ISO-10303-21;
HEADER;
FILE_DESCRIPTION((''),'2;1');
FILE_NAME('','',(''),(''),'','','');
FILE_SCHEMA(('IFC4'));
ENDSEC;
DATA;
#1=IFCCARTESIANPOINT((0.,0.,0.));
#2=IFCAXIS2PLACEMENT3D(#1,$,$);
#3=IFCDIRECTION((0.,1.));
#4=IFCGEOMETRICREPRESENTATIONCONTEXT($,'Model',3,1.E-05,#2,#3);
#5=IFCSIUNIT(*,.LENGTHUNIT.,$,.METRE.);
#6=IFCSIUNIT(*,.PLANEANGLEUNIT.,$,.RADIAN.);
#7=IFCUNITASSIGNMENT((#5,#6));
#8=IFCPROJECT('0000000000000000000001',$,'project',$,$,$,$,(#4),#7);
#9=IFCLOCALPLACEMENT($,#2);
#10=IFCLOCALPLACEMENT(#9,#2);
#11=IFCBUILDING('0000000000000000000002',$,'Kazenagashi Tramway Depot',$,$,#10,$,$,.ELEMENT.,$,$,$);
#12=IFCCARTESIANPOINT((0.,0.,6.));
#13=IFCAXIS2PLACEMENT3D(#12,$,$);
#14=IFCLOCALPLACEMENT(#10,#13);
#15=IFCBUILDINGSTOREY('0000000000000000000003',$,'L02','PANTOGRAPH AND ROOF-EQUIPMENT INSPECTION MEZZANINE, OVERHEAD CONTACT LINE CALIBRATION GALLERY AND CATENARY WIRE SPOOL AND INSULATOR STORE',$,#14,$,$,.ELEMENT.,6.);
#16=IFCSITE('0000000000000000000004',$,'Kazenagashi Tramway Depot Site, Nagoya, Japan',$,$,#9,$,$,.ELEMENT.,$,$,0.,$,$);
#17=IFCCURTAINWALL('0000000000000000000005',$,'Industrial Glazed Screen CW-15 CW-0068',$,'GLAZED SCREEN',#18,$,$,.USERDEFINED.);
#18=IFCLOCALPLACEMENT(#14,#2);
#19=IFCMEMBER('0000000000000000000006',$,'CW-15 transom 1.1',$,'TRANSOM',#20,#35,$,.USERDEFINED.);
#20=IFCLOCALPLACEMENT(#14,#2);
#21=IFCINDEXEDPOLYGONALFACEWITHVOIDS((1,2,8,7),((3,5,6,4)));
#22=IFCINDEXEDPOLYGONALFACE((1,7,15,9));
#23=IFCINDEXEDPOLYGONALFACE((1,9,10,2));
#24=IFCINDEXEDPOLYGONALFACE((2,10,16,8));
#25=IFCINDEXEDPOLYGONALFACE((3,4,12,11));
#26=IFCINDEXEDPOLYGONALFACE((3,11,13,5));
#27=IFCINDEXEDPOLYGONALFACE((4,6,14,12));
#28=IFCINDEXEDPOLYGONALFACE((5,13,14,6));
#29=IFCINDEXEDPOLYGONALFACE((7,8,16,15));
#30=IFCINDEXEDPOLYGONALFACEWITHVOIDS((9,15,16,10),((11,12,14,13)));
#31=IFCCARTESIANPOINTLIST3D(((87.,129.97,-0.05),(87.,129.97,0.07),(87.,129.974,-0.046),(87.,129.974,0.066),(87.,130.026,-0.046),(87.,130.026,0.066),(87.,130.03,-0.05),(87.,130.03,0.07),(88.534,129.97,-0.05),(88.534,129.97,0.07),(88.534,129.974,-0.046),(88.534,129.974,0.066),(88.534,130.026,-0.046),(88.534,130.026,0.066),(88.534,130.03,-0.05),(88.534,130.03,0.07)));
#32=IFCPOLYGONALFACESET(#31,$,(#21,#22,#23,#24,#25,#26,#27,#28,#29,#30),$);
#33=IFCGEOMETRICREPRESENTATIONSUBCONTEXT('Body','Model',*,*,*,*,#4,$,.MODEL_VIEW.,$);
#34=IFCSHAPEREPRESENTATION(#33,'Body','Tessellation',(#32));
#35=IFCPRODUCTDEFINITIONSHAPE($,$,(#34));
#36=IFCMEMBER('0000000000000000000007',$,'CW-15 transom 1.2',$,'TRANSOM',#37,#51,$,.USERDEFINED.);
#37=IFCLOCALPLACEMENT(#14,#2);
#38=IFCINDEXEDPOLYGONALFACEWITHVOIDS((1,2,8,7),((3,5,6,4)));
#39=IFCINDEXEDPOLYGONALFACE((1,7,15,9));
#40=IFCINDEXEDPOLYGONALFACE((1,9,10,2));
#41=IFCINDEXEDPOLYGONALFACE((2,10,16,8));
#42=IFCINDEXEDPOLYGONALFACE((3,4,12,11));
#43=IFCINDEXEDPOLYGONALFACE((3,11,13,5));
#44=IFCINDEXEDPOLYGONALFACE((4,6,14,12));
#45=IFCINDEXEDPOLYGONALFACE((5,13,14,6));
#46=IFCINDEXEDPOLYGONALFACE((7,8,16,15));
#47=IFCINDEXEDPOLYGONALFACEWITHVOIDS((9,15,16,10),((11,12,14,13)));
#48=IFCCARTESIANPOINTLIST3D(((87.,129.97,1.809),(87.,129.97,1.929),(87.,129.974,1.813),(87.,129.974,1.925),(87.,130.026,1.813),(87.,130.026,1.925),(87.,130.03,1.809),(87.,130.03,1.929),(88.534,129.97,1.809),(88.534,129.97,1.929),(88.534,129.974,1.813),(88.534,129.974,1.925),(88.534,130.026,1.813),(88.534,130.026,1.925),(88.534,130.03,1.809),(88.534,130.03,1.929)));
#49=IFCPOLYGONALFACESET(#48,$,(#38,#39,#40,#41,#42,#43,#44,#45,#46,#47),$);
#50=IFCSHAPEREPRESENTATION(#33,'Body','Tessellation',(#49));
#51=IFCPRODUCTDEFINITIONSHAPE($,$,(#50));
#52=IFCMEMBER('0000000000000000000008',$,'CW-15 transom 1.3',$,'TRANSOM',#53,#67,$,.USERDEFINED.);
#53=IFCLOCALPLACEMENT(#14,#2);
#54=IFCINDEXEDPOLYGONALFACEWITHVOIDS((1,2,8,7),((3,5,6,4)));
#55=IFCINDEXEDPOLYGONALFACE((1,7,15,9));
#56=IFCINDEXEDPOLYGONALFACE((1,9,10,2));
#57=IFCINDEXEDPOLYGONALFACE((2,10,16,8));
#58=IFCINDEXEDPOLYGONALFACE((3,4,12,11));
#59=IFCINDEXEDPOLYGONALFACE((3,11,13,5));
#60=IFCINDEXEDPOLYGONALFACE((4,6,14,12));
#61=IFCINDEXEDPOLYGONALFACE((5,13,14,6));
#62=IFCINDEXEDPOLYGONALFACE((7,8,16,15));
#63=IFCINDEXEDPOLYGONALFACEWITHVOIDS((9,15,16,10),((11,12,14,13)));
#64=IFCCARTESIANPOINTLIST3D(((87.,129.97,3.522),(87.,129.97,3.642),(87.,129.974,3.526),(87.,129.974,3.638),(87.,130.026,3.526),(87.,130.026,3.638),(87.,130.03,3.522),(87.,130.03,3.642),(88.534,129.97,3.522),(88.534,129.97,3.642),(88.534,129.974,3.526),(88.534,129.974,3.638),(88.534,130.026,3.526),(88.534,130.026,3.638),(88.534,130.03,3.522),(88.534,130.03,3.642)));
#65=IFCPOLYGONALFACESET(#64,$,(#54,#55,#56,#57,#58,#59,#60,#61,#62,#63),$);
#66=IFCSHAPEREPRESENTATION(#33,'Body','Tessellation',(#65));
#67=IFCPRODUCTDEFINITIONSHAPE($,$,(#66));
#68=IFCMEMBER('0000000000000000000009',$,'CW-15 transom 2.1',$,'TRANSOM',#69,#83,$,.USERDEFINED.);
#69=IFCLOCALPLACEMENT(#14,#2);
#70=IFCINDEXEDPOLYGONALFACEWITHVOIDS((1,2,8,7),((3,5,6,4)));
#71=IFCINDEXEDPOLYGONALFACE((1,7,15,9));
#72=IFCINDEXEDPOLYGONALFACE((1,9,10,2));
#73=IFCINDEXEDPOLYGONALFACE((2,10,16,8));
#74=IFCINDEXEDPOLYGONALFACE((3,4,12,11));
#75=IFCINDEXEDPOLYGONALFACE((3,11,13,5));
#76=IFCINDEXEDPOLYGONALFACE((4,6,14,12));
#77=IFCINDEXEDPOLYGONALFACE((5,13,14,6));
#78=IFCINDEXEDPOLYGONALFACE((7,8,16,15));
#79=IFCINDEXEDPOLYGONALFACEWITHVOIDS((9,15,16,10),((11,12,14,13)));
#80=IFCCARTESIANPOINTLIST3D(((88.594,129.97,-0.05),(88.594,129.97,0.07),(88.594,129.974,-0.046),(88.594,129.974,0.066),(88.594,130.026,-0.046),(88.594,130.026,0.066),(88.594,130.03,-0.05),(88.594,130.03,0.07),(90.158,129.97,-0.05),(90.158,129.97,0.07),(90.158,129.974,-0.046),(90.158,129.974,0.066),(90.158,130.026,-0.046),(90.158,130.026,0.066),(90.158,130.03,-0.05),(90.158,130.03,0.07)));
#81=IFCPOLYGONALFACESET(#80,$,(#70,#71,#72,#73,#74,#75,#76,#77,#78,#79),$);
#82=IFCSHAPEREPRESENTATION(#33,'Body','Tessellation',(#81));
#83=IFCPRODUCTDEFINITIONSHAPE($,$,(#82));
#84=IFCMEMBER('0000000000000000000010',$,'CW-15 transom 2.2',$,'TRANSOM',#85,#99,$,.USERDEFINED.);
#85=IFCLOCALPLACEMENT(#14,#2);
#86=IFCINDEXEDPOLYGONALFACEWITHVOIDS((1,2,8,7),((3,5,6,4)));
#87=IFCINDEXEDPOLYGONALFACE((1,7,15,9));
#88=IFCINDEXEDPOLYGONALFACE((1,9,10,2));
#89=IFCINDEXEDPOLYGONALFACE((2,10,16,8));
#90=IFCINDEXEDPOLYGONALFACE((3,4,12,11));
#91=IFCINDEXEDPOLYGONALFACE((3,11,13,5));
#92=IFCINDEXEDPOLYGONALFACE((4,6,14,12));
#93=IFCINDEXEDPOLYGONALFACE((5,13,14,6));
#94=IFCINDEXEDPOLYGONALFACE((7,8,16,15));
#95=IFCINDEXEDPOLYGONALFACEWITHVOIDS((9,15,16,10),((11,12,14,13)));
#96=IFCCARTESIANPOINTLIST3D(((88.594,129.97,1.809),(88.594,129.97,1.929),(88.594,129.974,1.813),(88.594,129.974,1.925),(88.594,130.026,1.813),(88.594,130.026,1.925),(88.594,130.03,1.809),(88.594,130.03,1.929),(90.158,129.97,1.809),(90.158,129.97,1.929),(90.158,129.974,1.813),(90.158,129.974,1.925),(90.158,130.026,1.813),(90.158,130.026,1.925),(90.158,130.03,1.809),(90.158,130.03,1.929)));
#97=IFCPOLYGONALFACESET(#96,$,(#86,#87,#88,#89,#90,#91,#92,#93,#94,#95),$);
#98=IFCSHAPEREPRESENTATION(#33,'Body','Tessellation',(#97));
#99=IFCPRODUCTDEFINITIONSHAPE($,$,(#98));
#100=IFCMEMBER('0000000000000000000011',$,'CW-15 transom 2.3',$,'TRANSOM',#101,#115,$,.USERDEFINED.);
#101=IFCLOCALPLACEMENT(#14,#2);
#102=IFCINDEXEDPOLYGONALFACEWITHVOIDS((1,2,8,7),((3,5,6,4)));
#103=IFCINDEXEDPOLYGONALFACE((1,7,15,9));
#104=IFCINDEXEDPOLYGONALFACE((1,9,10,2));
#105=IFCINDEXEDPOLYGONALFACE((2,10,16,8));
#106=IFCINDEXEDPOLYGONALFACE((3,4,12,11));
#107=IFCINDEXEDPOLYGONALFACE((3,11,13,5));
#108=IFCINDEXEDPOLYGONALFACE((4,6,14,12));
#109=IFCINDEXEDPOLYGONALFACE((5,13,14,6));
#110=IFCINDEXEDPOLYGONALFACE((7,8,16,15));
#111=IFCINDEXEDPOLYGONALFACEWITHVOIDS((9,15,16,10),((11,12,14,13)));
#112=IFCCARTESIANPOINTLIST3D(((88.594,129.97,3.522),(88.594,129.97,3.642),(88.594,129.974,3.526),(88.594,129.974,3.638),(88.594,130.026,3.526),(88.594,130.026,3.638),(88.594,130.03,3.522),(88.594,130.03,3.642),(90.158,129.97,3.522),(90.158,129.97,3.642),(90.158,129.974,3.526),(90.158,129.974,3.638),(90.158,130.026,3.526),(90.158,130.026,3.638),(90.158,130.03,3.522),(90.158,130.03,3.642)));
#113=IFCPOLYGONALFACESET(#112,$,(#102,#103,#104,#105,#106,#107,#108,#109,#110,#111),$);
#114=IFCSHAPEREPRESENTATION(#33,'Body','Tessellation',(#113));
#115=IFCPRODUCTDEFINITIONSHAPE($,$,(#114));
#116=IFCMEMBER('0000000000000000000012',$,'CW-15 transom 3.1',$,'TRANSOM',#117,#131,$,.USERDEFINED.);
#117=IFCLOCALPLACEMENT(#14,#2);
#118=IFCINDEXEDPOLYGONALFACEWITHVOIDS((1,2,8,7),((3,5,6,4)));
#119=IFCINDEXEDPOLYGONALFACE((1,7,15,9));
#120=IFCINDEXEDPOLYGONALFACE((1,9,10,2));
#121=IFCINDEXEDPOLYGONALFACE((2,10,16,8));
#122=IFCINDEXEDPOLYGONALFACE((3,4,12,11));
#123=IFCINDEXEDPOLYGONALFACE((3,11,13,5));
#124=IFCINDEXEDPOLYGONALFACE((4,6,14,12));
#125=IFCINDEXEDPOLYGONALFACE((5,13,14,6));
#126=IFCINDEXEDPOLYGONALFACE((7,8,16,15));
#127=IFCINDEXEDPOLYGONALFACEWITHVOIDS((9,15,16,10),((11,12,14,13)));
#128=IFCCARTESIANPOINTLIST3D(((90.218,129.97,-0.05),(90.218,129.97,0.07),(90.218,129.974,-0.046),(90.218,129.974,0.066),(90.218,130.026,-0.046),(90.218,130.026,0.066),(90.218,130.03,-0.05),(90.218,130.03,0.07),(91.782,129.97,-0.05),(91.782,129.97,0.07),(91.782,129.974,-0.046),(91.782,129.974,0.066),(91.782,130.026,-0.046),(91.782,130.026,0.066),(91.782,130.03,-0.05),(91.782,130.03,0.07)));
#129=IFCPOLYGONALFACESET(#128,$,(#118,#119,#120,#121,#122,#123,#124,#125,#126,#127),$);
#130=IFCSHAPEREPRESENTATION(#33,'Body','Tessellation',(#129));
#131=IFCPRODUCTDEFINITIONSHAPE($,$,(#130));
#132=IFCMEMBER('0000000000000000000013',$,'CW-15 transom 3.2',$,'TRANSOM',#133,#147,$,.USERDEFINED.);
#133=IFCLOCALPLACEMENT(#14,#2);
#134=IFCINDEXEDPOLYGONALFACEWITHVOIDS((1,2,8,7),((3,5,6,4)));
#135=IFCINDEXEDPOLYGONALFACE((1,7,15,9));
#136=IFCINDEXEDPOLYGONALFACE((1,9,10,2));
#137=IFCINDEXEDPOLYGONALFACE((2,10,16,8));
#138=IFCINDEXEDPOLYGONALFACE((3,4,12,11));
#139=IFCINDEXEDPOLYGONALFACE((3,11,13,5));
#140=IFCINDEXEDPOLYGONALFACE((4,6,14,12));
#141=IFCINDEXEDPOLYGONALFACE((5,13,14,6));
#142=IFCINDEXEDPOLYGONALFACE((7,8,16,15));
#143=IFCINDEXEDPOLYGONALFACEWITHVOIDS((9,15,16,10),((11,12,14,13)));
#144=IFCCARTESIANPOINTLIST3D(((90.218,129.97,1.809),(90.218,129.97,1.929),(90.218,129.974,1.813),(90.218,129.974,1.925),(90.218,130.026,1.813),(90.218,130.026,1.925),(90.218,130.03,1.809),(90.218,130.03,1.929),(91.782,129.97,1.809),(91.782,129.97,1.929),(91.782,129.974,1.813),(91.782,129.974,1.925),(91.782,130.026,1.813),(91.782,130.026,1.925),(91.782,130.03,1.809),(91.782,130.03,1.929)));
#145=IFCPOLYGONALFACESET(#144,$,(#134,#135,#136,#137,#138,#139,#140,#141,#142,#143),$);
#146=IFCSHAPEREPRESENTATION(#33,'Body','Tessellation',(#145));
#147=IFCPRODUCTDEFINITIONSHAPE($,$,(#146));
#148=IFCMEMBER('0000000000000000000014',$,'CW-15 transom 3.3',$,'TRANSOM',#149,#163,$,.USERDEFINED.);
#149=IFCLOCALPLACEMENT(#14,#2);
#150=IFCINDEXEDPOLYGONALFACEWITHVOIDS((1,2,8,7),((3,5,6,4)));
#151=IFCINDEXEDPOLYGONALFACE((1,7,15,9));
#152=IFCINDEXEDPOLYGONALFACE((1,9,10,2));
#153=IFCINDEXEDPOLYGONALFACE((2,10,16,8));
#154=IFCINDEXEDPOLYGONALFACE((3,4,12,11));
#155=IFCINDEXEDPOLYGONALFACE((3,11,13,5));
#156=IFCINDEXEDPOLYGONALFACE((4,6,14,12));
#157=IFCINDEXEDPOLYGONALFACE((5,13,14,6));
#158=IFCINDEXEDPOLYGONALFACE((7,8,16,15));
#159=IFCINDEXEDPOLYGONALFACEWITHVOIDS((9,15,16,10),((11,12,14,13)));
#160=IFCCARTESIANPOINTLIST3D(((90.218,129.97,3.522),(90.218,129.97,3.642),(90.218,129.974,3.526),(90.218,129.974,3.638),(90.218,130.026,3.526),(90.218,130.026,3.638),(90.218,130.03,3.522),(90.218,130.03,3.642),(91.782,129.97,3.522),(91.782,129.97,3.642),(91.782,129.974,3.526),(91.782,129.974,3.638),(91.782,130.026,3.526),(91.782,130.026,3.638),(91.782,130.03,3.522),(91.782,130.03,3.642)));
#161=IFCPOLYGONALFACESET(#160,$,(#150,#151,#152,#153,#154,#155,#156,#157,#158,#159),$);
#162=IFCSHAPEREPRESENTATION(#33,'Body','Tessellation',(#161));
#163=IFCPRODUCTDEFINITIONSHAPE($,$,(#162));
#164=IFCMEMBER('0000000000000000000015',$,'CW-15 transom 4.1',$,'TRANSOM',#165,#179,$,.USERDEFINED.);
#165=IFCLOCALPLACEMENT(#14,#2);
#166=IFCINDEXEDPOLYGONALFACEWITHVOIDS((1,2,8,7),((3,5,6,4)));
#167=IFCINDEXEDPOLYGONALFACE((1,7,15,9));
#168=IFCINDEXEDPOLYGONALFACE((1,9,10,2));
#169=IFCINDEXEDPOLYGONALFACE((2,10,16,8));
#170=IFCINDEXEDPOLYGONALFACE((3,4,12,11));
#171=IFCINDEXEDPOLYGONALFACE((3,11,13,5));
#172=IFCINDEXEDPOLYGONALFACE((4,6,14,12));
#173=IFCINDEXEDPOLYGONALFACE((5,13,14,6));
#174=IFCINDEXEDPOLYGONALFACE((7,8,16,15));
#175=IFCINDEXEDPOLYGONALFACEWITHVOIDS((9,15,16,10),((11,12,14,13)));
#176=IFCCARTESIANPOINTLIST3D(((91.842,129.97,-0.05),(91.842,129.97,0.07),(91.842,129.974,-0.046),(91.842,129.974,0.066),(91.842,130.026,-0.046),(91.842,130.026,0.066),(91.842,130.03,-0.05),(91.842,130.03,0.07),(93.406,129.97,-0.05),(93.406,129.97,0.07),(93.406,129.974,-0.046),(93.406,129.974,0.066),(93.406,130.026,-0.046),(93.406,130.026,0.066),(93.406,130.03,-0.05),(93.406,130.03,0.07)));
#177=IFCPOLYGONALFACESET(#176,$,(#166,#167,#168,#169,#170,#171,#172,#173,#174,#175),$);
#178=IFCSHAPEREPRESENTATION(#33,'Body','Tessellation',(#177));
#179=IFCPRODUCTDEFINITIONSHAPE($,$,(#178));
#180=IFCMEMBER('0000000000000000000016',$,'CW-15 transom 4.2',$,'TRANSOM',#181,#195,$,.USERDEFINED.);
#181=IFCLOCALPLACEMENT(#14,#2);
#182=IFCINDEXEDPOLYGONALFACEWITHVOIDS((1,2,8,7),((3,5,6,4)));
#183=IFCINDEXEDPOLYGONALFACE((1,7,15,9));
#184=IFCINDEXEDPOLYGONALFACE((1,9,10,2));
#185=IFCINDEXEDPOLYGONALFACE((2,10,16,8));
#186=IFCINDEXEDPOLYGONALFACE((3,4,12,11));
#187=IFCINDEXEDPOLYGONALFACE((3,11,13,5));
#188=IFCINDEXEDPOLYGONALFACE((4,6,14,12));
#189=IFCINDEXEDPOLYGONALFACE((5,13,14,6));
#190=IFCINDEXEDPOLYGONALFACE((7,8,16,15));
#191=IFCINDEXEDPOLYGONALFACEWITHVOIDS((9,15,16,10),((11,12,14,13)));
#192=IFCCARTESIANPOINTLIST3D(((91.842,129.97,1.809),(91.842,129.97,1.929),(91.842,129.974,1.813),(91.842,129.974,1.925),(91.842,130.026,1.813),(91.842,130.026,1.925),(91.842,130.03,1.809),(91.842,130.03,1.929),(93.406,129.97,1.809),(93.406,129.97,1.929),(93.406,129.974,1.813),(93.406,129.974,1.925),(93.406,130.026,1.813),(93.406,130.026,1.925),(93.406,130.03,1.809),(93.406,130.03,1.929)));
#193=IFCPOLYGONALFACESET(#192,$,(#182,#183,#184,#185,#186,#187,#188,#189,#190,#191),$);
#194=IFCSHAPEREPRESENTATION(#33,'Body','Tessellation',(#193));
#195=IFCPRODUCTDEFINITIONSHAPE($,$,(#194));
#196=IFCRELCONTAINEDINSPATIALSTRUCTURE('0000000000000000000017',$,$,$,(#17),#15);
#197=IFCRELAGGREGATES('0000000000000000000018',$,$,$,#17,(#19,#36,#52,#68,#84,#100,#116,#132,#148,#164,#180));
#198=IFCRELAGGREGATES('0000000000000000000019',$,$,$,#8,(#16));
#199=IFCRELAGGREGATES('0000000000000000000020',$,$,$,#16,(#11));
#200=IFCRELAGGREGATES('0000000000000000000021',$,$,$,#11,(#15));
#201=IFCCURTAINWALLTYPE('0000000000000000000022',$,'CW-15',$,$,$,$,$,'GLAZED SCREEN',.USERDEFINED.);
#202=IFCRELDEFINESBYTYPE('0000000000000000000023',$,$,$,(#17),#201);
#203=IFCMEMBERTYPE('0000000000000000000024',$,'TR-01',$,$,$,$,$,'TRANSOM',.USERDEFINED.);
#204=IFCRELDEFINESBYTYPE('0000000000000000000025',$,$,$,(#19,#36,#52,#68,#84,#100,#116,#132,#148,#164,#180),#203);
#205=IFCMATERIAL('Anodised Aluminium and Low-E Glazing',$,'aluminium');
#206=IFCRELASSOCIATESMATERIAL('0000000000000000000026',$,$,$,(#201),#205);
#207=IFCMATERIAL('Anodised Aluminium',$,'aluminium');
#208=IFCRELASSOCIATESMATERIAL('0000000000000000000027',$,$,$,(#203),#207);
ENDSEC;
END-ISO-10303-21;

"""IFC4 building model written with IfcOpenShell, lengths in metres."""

from ifc_helpers import new_model, si_unit, direction, frame, origin, origin_2d, place, context, subcontext, project, spatial, hollow_rectangle, extrude, material, material_profile, profile_set, type_object, element, aggregate, save


model = new_model("IFC4")

# Units and contexts
model_context = context("Model", 3, precision=1e-05, world=origin(), true_north=direction((0.0, 1.0)))
body_context = subcontext(model_context, "Body", "Model", "MODEL_VIEW")
ifc_project = project(units=[si_unit("LENGTHUNIT", "METRE"), si_unit("PLANEANGLEUNIT", "RADIAN")], contexts=[model_context])

# Site, building, storey
site_placement = place(None, origin())
site = spatial("IfcSite", under=ifc_project, at=site_placement, Name="Kazenagashi Tramway Depot Site, Nagoya, Japan", CompositionType="ELEMENT", RefElevation=0.0)
building_placement = place(site_placement, origin())
building = spatial("IfcBuilding", under=site, at=building_placement, Name="Kazenagashi Tramway Depot", CompositionType="ELEMENT")
storey_placement = place(building_placement, frame((0.0, 0.0, 6.0)))
storey = spatial("IfcBuildingStorey", under=building, at=storey_placement, Name="L02", Description="PANTOGRAPH AND ROOF-EQUIPMENT INSPECTION MEZZANINE, OVERHEAD CONTACT LINE CALIBRATION GALLERY AND CATENARY WIRE SPOOL AND INSULATOR STORE", CompositionType="ELEMENT", Elevation=6.0)

# Shared definitions
ifc_material_1 = material(Name="Anodised Aluminium and Low-E Glazing", Category="aluminium")
curtain_wall_type = type_object("IfcCurtainWallType", Name="CW-15", ElementType="GLAZED SCREEN", PredefinedType="USERDEFINED", material=ifc_material_1)
ifc_material_2 = material(Name="Anodised Aluminium", Category="aluminium")

# Curtain wall
curtain_wall_1_placement = place(storey_placement, origin())
curtain_wall_1 = element("IfcCurtainWall", 1, at=curtain_wall_1_placement, inside=storey, type_object=curtain_wall_type, Name="Industrial Glazed Screen CW-15 CW-0068", ObjectType="GLAZED SCREEN", PredefinedType="USERDEFINED")

# Members
ifc_material_profile_1 = material_profile(ifc_material_2, hollow_rectangle(XDim=0.06, YDim=0.12, WallThickness=0.004, at=origin_2d()), Name="RHS-120x60x4")
ifc_profile_set_1 = profile_set([ifc_material_profile_1], Name="Anodised Aluminium")
member_type_1 = type_object("IfcMemberType", Name="TR-01", ElementType="TRANSOM", PredefinedType="USERDEFINED", material=ifc_profile_set_1)
member_1_placement = place(storey_placement, frame((87.0, 130.0, 0.01), z_axis=(1.0, 0.0, 0.0), x_axis=(0.0, 1.0, 0.0)))
member_1 = element("IfcMember", 2, at=member_1_placement, type_object=member_type_1, Name="CW-15 transom 1.1", ObjectType="TRANSOM", PredefinedType="USERDEFINED", context=body_context, shape_type="SweptSolid", body=[
    extrude(hollow_rectangle(XDim=0.06, YDim=0.12, WallThickness=0.004, at=origin_2d()), origin(), (0.0, 0.0, 1.0), 1.534),
])
member_2_placement = place(storey_placement, frame((87.0, 130.0, 1.869), z_axis=(1.0, 0.0, 0.0), x_axis=(0.0, 1.0, 0.0)))
member_2 = element("IfcMember", 3, at=member_2_placement, type_object=member_type_1, Name="CW-15 transom 1.2", ObjectType="TRANSOM", PredefinedType="USERDEFINED", context=body_context, shape_type="SweptSolid", body=[
    extrude(hollow_rectangle(XDim=0.06, YDim=0.12, WallThickness=0.004, at=origin_2d()), origin(), (0.0, 0.0, 1.0), 1.534),
])
member_3_placement = place(storey_placement, frame((87.0, 130.0, 3.582), z_axis=(1.0, 0.0, 0.0), x_axis=(0.0, 1.0, 0.0)))
member_3 = element("IfcMember", 4, at=member_3_placement, type_object=member_type_1, Name="CW-15 transom 1.3", ObjectType="TRANSOM", PredefinedType="USERDEFINED", context=body_context, shape_type="SweptSolid", body=[
    extrude(hollow_rectangle(XDim=0.06, YDim=0.12, WallThickness=0.004, at=origin_2d()), origin(), (0.0, 0.0, 1.0), 1.534),
])
member_4_placement = place(storey_placement, frame((88.594, 130.0, 0.01), z_axis=(1.0, 0.0, 0.0), x_axis=(0.0, 1.0, 0.0)))
member_4 = element("IfcMember", 5, at=member_4_placement, type_object=member_type_1, Name="CW-15 transom 2.1", ObjectType="TRANSOM", PredefinedType="USERDEFINED", context=body_context, shape_type="SweptSolid", body=[
    extrude(hollow_rectangle(XDim=0.06, YDim=0.12, WallThickness=0.004, at=origin_2d()), origin(), (0.0, 0.0, 1.0), 1.564),
])
member_5_placement = place(storey_placement, frame((88.594, 130.0, 1.869), z_axis=(1.0, 0.0, 0.0), x_axis=(0.0, 1.0, 0.0)))
member_5 = element("IfcMember", 6, at=member_5_placement, type_object=member_type_1, Name="CW-15 transom 2.2", ObjectType="TRANSOM", PredefinedType="USERDEFINED", context=body_context, shape_type="SweptSolid", body=[
    extrude(hollow_rectangle(XDim=0.06, YDim=0.12, WallThickness=0.004, at=origin_2d()), origin(), (0.0, 0.0, 1.0), 1.564),
])
member_6_placement = place(storey_placement, frame((88.594, 130.0, 3.582), z_axis=(1.0, 0.0, 0.0), x_axis=(0.0, 1.0, 0.0)))
member_6 = element("IfcMember", 7, at=member_6_placement, type_object=member_type_1, Name="CW-15 transom 2.3", ObjectType="TRANSOM", PredefinedType="USERDEFINED", context=body_context, shape_type="SweptSolid", body=[
    extrude(hollow_rectangle(XDim=0.06, YDim=0.12, WallThickness=0.004, at=origin_2d()), origin(), (0.0, 0.0, 1.0), 1.564),
])
member_7_placement = place(storey_placement, frame((90.218, 130.0, 0.01), z_axis=(1.0, 0.0, 0.0), x_axis=(0.0, 1.0, 0.0)))
member_7 = element("IfcMember", 8, at=member_7_placement, type_object=member_type_1, Name="CW-15 transom 3.1", ObjectType="TRANSOM", PredefinedType="USERDEFINED", context=body_context, shape_type="SweptSolid", body=[
    extrude(hollow_rectangle(XDim=0.06, YDim=0.12, WallThickness=0.004, at=origin_2d()), origin(), (0.0, 0.0, 1.0), 1.564),
])
member_8_placement = place(storey_placement, frame((90.218, 130.0, 1.869), z_axis=(1.0, 0.0, 0.0), x_axis=(0.0, 1.0, 0.0)))
member_8 = element("IfcMember", 9, at=member_8_placement, type_object=member_type_1, Name="CW-15 transom 3.2", ObjectType="TRANSOM", PredefinedType="USERDEFINED", context=body_context, shape_type="SweptSolid", body=[
    extrude(hollow_rectangle(XDim=0.06, YDim=0.12, WallThickness=0.004, at=origin_2d()), origin(), (0.0, 0.0, 1.0), 1.564),
])
member_9_placement = place(storey_placement, frame((90.218, 130.0, 3.582), z_axis=(1.0, 0.0, 0.0), x_axis=(0.0, 1.0, 0.0)))
member_9 = element("IfcMember", 10, at=member_9_placement, type_object=member_type_1, Name="CW-15 transom 3.3", ObjectType="TRANSOM", PredefinedType="USERDEFINED", context=body_context, shape_type="SweptSolid", body=[
    extrude(hollow_rectangle(XDim=0.06, YDim=0.12, WallThickness=0.004, at=origin_2d()), origin(), (0.0, 0.0, 1.0), 1.564),
])
member_10_placement = place(storey_placement, frame((91.842, 130.0, 0.01), z_axis=(1.0, 0.0, 0.0), x_axis=(0.0, 1.0, 0.0)))
member_10 = element("IfcMember", 11, at=member_10_placement, type_object=member_type_1, Name="CW-15 transom 4.1", ObjectType="TRANSOM", PredefinedType="USERDEFINED", context=body_context, shape_type="SweptSolid", body=[
    extrude(hollow_rectangle(XDim=0.06, YDim=0.12, WallThickness=0.004, at=origin_2d()), origin(), (0.0, 0.0, 1.0), 1.564),
])
member_11_placement = place(storey_placement, frame((91.842, 130.0, 1.869), z_axis=(1.0, 0.0, 0.0), x_axis=(0.0, 1.0, 0.0)))
member_11 = element("IfcMember", 12, at=member_11_placement, type_object=member_type_1, Name="CW-15 transom 4.2", ObjectType="TRANSOM", PredefinedType="USERDEFINED", context=body_context, shape_type="SweptSolid", body=[
    extrude(hollow_rectangle(XDim=0.06, YDim=0.12, WallThickness=0.004, at=origin_2d()), origin(), (0.0, 0.0, 1.0), 1.564),
])

aggregate(curtain_wall_1, [member_1, member_2, member_3, member_4, member_5, member_6, member_7, member_8, member_9, member_10, member_11])

save(model, "model.ifc")
